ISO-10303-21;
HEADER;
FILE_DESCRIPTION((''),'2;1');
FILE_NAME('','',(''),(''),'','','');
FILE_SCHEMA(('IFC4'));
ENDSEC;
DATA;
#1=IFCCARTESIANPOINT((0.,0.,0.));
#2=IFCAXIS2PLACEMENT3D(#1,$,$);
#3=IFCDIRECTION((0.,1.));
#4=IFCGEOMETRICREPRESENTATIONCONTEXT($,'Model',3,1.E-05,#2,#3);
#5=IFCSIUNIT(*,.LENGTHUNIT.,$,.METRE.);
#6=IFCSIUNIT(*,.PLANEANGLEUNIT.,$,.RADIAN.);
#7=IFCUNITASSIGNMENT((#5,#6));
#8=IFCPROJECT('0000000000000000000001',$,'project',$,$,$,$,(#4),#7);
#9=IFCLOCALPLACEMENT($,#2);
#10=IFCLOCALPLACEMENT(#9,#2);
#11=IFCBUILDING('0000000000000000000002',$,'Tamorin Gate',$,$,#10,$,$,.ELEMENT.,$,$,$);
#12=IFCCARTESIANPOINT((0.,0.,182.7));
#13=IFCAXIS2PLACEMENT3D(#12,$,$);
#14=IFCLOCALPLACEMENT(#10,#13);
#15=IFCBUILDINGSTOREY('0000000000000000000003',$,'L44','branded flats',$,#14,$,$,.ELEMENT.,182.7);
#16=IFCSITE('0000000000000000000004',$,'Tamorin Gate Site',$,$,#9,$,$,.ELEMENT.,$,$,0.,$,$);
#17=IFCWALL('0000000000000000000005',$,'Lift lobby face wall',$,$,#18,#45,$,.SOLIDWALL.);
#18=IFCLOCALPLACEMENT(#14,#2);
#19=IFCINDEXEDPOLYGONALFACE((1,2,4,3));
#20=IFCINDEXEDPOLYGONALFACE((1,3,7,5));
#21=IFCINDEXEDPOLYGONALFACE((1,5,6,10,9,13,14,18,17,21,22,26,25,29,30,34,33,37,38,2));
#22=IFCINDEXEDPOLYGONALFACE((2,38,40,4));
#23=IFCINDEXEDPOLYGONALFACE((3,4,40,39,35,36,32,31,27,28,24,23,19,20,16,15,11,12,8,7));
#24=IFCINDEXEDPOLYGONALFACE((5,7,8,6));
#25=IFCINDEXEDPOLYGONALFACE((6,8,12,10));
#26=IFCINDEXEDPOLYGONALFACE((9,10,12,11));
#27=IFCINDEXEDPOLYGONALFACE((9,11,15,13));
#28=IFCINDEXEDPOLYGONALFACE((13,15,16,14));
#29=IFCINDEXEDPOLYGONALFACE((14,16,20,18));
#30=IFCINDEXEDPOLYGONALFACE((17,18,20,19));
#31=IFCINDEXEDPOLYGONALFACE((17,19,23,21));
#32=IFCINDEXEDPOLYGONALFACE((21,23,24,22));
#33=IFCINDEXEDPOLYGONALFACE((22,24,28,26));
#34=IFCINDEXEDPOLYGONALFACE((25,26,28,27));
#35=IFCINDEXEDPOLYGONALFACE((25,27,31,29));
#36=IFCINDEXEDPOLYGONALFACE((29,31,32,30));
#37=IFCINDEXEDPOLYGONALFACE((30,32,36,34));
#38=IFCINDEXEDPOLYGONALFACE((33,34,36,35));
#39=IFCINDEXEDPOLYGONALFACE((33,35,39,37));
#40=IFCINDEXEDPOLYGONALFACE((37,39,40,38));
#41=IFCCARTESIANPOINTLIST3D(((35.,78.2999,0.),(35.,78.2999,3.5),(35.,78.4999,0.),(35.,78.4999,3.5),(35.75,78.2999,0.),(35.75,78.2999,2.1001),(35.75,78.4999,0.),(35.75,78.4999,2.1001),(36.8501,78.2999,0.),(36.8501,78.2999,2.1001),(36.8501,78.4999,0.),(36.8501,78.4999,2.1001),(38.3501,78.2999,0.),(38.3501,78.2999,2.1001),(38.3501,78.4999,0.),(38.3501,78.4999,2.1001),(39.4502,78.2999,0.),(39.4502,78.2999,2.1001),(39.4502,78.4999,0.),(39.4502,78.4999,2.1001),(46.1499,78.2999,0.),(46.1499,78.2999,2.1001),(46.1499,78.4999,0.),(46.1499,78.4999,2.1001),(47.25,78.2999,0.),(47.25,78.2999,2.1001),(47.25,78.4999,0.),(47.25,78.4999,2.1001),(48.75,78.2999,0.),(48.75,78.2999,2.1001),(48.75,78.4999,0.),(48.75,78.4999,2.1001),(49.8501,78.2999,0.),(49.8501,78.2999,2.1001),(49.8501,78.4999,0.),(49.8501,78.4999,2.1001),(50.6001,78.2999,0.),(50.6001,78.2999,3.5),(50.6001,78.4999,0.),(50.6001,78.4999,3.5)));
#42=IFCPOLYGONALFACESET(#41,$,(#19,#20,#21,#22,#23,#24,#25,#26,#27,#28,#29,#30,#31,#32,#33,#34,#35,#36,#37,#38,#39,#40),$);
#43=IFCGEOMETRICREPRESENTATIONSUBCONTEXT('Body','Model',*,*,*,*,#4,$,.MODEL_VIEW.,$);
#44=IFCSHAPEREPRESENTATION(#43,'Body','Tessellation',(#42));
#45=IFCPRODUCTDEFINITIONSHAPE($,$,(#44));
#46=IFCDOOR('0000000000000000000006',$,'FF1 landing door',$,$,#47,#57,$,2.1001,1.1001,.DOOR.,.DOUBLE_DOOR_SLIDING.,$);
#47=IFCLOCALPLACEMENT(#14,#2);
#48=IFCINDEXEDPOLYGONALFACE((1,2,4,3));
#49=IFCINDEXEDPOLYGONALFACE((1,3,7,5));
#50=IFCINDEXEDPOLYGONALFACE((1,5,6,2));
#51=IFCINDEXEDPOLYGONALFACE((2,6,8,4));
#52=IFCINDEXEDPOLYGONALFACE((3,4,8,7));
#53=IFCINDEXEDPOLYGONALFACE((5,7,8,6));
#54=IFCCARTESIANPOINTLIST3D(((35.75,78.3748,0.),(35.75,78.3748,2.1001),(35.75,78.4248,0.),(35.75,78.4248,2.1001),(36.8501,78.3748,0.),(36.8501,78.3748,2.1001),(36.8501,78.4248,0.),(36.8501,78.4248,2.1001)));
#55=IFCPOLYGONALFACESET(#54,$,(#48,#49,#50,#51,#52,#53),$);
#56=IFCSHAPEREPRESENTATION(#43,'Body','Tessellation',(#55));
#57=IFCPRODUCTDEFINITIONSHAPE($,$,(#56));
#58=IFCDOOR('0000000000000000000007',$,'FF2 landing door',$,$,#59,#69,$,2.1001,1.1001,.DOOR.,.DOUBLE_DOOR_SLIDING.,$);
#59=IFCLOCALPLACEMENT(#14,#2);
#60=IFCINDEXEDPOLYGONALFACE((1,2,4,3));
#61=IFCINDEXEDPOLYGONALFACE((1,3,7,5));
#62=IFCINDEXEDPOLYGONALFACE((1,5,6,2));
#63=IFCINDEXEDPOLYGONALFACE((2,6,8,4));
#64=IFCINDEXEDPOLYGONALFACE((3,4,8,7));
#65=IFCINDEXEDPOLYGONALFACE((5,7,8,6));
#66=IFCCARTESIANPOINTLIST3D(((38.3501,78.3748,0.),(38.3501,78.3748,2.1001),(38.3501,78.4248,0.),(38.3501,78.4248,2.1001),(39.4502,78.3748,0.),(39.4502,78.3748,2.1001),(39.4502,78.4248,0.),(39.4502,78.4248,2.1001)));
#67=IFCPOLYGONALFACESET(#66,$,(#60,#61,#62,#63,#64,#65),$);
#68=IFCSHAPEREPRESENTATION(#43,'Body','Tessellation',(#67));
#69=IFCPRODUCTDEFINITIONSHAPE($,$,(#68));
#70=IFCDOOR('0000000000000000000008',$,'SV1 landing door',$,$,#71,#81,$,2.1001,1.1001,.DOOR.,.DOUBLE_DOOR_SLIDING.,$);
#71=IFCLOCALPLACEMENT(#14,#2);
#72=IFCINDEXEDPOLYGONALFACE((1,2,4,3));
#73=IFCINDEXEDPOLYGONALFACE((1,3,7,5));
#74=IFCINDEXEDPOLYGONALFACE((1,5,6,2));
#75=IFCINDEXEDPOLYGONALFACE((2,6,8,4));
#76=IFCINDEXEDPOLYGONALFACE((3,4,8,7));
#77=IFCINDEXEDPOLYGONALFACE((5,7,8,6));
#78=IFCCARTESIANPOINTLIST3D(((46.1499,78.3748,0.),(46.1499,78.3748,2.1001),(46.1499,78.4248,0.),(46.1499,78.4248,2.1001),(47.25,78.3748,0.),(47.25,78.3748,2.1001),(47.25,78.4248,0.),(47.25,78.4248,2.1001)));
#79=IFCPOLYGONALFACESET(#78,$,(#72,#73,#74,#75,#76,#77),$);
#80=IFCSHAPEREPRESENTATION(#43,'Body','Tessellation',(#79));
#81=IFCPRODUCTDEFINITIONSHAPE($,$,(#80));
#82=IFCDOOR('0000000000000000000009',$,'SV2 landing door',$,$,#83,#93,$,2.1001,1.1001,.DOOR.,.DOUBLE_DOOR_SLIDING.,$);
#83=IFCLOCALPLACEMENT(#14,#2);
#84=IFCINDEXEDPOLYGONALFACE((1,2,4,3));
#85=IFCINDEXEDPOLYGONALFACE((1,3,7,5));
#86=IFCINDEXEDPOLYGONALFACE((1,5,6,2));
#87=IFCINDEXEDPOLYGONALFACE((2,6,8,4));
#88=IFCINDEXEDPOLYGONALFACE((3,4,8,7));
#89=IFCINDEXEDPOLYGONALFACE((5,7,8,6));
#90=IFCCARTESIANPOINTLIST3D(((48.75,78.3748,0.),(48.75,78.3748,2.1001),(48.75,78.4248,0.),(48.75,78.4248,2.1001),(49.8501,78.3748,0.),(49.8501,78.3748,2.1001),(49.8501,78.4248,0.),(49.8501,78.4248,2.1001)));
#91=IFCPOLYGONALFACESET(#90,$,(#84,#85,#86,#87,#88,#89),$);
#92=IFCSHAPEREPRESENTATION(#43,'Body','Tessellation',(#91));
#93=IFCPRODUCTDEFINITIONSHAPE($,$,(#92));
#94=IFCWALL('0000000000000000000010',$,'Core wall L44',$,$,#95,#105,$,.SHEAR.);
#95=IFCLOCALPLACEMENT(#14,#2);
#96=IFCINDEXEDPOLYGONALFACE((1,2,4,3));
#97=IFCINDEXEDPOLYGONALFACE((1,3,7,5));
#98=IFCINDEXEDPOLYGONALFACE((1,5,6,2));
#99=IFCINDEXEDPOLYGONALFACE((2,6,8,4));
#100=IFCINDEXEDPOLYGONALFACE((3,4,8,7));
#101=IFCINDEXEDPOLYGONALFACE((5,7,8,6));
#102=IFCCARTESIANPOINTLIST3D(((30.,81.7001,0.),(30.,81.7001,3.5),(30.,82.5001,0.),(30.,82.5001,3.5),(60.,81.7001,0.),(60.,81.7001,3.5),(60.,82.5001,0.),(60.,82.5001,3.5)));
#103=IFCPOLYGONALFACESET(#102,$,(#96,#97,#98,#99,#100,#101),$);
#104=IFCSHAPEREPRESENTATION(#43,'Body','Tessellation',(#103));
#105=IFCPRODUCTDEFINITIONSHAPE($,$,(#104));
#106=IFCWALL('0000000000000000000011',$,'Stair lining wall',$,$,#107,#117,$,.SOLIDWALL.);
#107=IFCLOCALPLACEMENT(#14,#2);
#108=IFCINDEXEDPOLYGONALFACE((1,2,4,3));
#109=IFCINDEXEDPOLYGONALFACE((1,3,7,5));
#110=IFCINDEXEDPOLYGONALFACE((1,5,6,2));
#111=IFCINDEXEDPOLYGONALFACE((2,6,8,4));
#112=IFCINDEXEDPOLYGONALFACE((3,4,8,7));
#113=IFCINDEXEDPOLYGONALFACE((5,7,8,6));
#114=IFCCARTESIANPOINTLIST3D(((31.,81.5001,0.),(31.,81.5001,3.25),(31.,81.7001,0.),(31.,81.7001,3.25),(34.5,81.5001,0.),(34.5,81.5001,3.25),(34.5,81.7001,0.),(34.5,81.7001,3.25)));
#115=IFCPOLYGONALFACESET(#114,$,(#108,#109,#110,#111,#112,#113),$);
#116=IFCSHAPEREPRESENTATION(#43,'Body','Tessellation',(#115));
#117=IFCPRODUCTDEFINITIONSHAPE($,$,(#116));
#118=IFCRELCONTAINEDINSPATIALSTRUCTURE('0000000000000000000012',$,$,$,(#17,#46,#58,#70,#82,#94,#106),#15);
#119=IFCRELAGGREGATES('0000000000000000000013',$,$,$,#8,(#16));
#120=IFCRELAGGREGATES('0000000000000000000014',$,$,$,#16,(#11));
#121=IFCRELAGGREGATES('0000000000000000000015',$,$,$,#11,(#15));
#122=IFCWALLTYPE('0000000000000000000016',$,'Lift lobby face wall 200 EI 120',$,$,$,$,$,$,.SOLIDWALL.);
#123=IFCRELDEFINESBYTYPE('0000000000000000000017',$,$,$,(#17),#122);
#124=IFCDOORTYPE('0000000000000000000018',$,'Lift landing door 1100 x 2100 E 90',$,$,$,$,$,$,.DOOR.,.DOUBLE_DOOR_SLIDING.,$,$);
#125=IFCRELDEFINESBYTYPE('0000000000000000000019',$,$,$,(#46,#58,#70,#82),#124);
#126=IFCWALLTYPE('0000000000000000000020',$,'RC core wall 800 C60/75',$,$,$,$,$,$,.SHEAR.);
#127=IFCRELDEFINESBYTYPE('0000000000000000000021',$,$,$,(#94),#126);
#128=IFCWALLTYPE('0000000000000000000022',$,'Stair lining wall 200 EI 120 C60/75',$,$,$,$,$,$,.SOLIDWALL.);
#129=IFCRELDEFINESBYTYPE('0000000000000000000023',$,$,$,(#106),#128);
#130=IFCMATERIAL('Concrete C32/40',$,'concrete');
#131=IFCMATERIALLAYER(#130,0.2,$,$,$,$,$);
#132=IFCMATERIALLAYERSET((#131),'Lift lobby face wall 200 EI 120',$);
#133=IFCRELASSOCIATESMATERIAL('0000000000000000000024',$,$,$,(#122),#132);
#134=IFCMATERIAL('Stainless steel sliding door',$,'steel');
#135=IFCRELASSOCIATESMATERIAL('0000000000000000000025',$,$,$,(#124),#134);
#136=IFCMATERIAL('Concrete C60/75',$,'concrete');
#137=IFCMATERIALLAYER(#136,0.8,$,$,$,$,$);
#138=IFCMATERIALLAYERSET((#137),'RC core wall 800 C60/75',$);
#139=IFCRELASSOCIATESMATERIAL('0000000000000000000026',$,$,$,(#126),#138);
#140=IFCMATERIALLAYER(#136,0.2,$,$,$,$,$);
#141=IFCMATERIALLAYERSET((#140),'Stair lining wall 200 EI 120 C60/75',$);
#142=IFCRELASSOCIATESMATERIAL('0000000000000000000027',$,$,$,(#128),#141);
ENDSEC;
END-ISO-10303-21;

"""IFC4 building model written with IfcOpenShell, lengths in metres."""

from ifc_helpers import new_model, si_unit, direction, frame, frame_2d, origin, place, context, subcontext, project, spatial, rectangle, extrude, material, layer, layer_set, type_object, element, fill, save


model = new_model("IFC4")

# Units and contexts
model_context = context("Model", 3, precision=1e-05, world=origin(), true_north=direction((0.0, 1.0)))
body_context = subcontext(model_context, "Body", "Model", "MODEL_VIEW")
ifc_project = project(units=[si_unit("LENGTHUNIT", "METRE"), si_unit("PLANEANGLEUNIT", "RADIAN")], contexts=[model_context])

# Site, building, storey
site_placement = place(None, origin())
site = spatial("IfcSite", under=ifc_project, at=site_placement, Name="Tamorin Gate Site", CompositionType="ELEMENT", RefElevation=0.0)
building_placement = place(site_placement, origin())
building = spatial("IfcBuilding", under=site, at=building_placement, Name="Tamorin Gate", CompositionType="ELEMENT")
storey_placement = place(building_placement, frame((0.0, 0.0, 182.7)))
storey = spatial("IfcBuildingStorey", under=building, at=storey_placement, Name="L44", Description="branded flats", CompositionType="ELEMENT", Elevation=182.7)

# Wall, openings, doors
ifc_material_1 = material(Name="Concrete C32/40", Category="concrete")
ifc_layer_1 = layer(ifc_material_1, 0.2)
ifc_layer_set_1 = layer_set([ifc_layer_1], Name="Lift lobby face wall 200 EI 120")
wall_type_1 = type_object("IfcWallType", Name="Lift lobby face wall 200 EI 120", PredefinedType="SOLIDWALL", material=ifc_layer_set_1)
wall_1_placement = place(storey_placement, frame((35.0, 78.3999, 0.0), z_axis=(0.0, 0.0, 1.0), x_axis=(1.0, 0.0, 0.0)))
wall_1 = element("IfcWall", 1, at=wall_1_placement, inside=storey, type_object=wall_type_1, Name="Lift lobby face wall", PredefinedType="SOLIDWALL", context=body_context, shape_type="SweptSolid", body=[
    extrude(rectangle(XDim=15.6001, YDim=0.2, at=frame_2d((7.8, 0.0))), origin(), (0.0, 0.0, 1.0), 3.5),
])
opening_1_placement = place(wall_1_placement, frame((0.75, 0.0, 0.0)))
opening_1 = element("IfcOpeningElement", 2, at=opening_1_placement, cuts=wall_1, PredefinedType="OPENING", context=body_context, shape_type="SweptSolid", body=[
    extrude(rectangle(XDim=1.1001, YDim=2.1001, at=frame_2d((0.55, 1.05))), frame((0.0, 0.1099, 0.0), z_axis=(0.0, -1.0, 0.0), x_axis=(1.0, 0.0, 0.0)), (0.0, 0.0, 1.0), 0.22),
])
opening_2_placement = place(wall_1_placement, frame((3.3501, 0.0, 0.0)))
opening_2 = element("IfcOpeningElement", 3, at=opening_2_placement, cuts=wall_1, PredefinedType="OPENING", context=body_context, shape_type="SweptSolid", body=[
    extrude(rectangle(XDim=1.1001, YDim=2.1001, at=frame_2d((0.55, 1.05))), frame((0.0, 0.1099, 0.0), z_axis=(0.0, -1.0, 0.0), x_axis=(1.0, 0.0, 0.0)), (0.0, 0.0, 1.0), 0.22),
])
opening_3_placement = place(wall_1_placement, frame((11.1499, 0.0, 0.0)))
opening_3 = element("IfcOpeningElement", 4, at=opening_3_placement, cuts=wall_1, PredefinedType="OPENING", context=body_context, shape_type="SweptSolid", body=[
    extrude(rectangle(XDim=1.1001, YDim=2.1001, at=frame_2d((0.55, 1.05))), frame((0.0, 0.1099, 0.0), z_axis=(0.0, -1.0, 0.0), x_axis=(1.0, 0.0, 0.0)), (0.0, 0.0, 1.0), 0.22),
])
opening_4_placement = place(wall_1_placement, frame((13.75, 0.0, 0.0)))
opening_4 = element("IfcOpeningElement", 5, at=opening_4_placement, cuts=wall_1, PredefinedType="OPENING", context=body_context, shape_type="SweptSolid", body=[
    extrude(rectangle(XDim=1.1001, YDim=2.1001, at=frame_2d((0.55, 1.05))), frame((0.0, 0.1099, 0.0), z_axis=(0.0, -1.0, 0.0), x_axis=(1.0, 0.0, 0.0)), (0.0, 0.0, 1.0), 0.22),
])
ifc_material_2 = material(Name="Stainless steel sliding door", Category="steel")
door_type_1 = type_object("IfcDoorType", Name="Lift landing door 1100 x 2100 E 90", OperationType="DOUBLE_DOOR_SLIDING", PredefinedType="DOOR", material=ifc_material_2)
door_1_placement = place(opening_1_placement, origin())
door_1 = element("IfcDoor", 6, at=door_1_placement, inside=storey, type_object=door_type_1, Name="FF1 landing door", OperationType="DOUBLE_DOOR_SLIDING", OverallHeight=2.1001, OverallWidth=1.1001, PredefinedType="DOOR", context=body_context, shape_type="SweptSolid", body=[
    extrude(rectangle(XDim=1.1001, YDim=2.1001, at=frame_2d((0.55, 1.05))), frame((0.0, 0.0249, 0.0), z_axis=(0.0, -1.0, 0.0), x_axis=(1.0, 0.0, 0.0)), (0.0, 0.0, 1.0), 0.05),
])
fill(opening_1, door_1)
door_2_placement = place(opening_2_placement, origin())
door_2 = element("IfcDoor", 7, at=door_2_placement, inside=storey, type_object=door_type_1, Name="FF2 landing door", OperationType="DOUBLE_DOOR_SLIDING", OverallHeight=2.1001, OverallWidth=1.1001, PredefinedType="DOOR", context=body_context, shape_type="SweptSolid", body=[
    extrude(rectangle(XDim=1.1001, YDim=2.1001, at=frame_2d((0.55, 1.05))), frame((0.0, 0.0249, 0.0), z_axis=(0.0, -1.0, 0.0), x_axis=(1.0, 0.0, 0.0)), (0.0, 0.0, 1.0), 0.05),
])
fill(opening_2, door_2)
door_3_placement = place(opening_3_placement, origin())
door_3 = element("IfcDoor", 8, at=door_3_placement, inside=storey, type_object=door_type_1, Name="SV1 landing door", OperationType="DOUBLE_DOOR_SLIDING", OverallHeight=2.1001, OverallWidth=1.1001, PredefinedType="DOOR", context=body_context, shape_type="SweptSolid", body=[
    extrude(rectangle(XDim=1.1001, YDim=2.1001, at=frame_2d((0.55, 1.05))), frame((0.0, 0.0249, 0.0), z_axis=(0.0, -1.0, 0.0), x_axis=(1.0, 0.0, 0.0)), (0.0, 0.0, 1.0), 0.05),
])
fill(opening_3, door_3)
door_4_placement = place(opening_4_placement, origin())
door_4 = element("IfcDoor", 9, at=door_4_placement, inside=storey, type_object=door_type_1, Name="SV2 landing door", OperationType="DOUBLE_DOOR_SLIDING", OverallHeight=2.1001, OverallWidth=1.1001, PredefinedType="DOOR", context=body_context, shape_type="SweptSolid", body=[
    extrude(rectangle(XDim=1.1001, YDim=2.1001, at=frame_2d((0.55, 1.05))), frame((0.0, 0.0249, 0.0), z_axis=(0.0, -1.0, 0.0), x_axis=(1.0, 0.0, 0.0)), (0.0, 0.0, 1.0), 0.05),
])
fill(opening_4, door_4)

# Walls
ifc_material_3 = material(Name="Concrete C60/75", Category="concrete")
ifc_layer_2 = layer(ifc_material_3, 0.8)
ifc_layer_set_2 = layer_set([ifc_layer_2], Name="RC core wall 800 C60/75")
wall_type_2 = type_object("IfcWallType", Name="RC core wall 800 C60/75", PredefinedType="SHEAR", material=ifc_layer_set_2)
wall_2_placement = place(storey_placement, frame((30.0, 82.1001, 0.0), z_axis=(0.0, 0.0, 1.0), x_axis=(1.0, 0.0, 0.0)))
element("IfcWall", 10, at=wall_2_placement, inside=storey, type_object=wall_type_2, Name="Core wall L44", PredefinedType="SHEAR", context=body_context, shape_type="SweptSolid", body=[
    extrude(rectangle(XDim=30.0, YDim=0.8, at=frame_2d((15.0, 0.0))), origin(), (0.0, 0.0, 1.0), 3.5),
])
ifc_layer_3 = layer(ifc_material_3, 0.2)
ifc_layer_set_3 = layer_set([ifc_layer_3], Name="Stair lining wall 200 EI 120 C60/75")
wall_type_3 = type_object("IfcWallType", Name="Stair lining wall 200 EI 120 C60/75", PredefinedType="SOLIDWALL", material=ifc_layer_set_3)
wall_3_placement = place(storey_placement, frame((31.0, 81.6001, 0.0), z_axis=(0.0, 0.0, 1.0), x_axis=(1.0, 0.0, 0.0)))
element("IfcWall", 11, at=wall_3_placement, inside=storey, type_object=wall_type_3, Name="Stair lining wall", PredefinedType="SOLIDWALL", context=body_context, shape_type="SweptSolid", body=[
    extrude(rectangle(XDim=3.5, YDim=0.2, at=frame_2d((1.75, 0.0))), origin(), (0.0, 0.0, 1.0), 3.25),
])

save(model, "model.ifc")
